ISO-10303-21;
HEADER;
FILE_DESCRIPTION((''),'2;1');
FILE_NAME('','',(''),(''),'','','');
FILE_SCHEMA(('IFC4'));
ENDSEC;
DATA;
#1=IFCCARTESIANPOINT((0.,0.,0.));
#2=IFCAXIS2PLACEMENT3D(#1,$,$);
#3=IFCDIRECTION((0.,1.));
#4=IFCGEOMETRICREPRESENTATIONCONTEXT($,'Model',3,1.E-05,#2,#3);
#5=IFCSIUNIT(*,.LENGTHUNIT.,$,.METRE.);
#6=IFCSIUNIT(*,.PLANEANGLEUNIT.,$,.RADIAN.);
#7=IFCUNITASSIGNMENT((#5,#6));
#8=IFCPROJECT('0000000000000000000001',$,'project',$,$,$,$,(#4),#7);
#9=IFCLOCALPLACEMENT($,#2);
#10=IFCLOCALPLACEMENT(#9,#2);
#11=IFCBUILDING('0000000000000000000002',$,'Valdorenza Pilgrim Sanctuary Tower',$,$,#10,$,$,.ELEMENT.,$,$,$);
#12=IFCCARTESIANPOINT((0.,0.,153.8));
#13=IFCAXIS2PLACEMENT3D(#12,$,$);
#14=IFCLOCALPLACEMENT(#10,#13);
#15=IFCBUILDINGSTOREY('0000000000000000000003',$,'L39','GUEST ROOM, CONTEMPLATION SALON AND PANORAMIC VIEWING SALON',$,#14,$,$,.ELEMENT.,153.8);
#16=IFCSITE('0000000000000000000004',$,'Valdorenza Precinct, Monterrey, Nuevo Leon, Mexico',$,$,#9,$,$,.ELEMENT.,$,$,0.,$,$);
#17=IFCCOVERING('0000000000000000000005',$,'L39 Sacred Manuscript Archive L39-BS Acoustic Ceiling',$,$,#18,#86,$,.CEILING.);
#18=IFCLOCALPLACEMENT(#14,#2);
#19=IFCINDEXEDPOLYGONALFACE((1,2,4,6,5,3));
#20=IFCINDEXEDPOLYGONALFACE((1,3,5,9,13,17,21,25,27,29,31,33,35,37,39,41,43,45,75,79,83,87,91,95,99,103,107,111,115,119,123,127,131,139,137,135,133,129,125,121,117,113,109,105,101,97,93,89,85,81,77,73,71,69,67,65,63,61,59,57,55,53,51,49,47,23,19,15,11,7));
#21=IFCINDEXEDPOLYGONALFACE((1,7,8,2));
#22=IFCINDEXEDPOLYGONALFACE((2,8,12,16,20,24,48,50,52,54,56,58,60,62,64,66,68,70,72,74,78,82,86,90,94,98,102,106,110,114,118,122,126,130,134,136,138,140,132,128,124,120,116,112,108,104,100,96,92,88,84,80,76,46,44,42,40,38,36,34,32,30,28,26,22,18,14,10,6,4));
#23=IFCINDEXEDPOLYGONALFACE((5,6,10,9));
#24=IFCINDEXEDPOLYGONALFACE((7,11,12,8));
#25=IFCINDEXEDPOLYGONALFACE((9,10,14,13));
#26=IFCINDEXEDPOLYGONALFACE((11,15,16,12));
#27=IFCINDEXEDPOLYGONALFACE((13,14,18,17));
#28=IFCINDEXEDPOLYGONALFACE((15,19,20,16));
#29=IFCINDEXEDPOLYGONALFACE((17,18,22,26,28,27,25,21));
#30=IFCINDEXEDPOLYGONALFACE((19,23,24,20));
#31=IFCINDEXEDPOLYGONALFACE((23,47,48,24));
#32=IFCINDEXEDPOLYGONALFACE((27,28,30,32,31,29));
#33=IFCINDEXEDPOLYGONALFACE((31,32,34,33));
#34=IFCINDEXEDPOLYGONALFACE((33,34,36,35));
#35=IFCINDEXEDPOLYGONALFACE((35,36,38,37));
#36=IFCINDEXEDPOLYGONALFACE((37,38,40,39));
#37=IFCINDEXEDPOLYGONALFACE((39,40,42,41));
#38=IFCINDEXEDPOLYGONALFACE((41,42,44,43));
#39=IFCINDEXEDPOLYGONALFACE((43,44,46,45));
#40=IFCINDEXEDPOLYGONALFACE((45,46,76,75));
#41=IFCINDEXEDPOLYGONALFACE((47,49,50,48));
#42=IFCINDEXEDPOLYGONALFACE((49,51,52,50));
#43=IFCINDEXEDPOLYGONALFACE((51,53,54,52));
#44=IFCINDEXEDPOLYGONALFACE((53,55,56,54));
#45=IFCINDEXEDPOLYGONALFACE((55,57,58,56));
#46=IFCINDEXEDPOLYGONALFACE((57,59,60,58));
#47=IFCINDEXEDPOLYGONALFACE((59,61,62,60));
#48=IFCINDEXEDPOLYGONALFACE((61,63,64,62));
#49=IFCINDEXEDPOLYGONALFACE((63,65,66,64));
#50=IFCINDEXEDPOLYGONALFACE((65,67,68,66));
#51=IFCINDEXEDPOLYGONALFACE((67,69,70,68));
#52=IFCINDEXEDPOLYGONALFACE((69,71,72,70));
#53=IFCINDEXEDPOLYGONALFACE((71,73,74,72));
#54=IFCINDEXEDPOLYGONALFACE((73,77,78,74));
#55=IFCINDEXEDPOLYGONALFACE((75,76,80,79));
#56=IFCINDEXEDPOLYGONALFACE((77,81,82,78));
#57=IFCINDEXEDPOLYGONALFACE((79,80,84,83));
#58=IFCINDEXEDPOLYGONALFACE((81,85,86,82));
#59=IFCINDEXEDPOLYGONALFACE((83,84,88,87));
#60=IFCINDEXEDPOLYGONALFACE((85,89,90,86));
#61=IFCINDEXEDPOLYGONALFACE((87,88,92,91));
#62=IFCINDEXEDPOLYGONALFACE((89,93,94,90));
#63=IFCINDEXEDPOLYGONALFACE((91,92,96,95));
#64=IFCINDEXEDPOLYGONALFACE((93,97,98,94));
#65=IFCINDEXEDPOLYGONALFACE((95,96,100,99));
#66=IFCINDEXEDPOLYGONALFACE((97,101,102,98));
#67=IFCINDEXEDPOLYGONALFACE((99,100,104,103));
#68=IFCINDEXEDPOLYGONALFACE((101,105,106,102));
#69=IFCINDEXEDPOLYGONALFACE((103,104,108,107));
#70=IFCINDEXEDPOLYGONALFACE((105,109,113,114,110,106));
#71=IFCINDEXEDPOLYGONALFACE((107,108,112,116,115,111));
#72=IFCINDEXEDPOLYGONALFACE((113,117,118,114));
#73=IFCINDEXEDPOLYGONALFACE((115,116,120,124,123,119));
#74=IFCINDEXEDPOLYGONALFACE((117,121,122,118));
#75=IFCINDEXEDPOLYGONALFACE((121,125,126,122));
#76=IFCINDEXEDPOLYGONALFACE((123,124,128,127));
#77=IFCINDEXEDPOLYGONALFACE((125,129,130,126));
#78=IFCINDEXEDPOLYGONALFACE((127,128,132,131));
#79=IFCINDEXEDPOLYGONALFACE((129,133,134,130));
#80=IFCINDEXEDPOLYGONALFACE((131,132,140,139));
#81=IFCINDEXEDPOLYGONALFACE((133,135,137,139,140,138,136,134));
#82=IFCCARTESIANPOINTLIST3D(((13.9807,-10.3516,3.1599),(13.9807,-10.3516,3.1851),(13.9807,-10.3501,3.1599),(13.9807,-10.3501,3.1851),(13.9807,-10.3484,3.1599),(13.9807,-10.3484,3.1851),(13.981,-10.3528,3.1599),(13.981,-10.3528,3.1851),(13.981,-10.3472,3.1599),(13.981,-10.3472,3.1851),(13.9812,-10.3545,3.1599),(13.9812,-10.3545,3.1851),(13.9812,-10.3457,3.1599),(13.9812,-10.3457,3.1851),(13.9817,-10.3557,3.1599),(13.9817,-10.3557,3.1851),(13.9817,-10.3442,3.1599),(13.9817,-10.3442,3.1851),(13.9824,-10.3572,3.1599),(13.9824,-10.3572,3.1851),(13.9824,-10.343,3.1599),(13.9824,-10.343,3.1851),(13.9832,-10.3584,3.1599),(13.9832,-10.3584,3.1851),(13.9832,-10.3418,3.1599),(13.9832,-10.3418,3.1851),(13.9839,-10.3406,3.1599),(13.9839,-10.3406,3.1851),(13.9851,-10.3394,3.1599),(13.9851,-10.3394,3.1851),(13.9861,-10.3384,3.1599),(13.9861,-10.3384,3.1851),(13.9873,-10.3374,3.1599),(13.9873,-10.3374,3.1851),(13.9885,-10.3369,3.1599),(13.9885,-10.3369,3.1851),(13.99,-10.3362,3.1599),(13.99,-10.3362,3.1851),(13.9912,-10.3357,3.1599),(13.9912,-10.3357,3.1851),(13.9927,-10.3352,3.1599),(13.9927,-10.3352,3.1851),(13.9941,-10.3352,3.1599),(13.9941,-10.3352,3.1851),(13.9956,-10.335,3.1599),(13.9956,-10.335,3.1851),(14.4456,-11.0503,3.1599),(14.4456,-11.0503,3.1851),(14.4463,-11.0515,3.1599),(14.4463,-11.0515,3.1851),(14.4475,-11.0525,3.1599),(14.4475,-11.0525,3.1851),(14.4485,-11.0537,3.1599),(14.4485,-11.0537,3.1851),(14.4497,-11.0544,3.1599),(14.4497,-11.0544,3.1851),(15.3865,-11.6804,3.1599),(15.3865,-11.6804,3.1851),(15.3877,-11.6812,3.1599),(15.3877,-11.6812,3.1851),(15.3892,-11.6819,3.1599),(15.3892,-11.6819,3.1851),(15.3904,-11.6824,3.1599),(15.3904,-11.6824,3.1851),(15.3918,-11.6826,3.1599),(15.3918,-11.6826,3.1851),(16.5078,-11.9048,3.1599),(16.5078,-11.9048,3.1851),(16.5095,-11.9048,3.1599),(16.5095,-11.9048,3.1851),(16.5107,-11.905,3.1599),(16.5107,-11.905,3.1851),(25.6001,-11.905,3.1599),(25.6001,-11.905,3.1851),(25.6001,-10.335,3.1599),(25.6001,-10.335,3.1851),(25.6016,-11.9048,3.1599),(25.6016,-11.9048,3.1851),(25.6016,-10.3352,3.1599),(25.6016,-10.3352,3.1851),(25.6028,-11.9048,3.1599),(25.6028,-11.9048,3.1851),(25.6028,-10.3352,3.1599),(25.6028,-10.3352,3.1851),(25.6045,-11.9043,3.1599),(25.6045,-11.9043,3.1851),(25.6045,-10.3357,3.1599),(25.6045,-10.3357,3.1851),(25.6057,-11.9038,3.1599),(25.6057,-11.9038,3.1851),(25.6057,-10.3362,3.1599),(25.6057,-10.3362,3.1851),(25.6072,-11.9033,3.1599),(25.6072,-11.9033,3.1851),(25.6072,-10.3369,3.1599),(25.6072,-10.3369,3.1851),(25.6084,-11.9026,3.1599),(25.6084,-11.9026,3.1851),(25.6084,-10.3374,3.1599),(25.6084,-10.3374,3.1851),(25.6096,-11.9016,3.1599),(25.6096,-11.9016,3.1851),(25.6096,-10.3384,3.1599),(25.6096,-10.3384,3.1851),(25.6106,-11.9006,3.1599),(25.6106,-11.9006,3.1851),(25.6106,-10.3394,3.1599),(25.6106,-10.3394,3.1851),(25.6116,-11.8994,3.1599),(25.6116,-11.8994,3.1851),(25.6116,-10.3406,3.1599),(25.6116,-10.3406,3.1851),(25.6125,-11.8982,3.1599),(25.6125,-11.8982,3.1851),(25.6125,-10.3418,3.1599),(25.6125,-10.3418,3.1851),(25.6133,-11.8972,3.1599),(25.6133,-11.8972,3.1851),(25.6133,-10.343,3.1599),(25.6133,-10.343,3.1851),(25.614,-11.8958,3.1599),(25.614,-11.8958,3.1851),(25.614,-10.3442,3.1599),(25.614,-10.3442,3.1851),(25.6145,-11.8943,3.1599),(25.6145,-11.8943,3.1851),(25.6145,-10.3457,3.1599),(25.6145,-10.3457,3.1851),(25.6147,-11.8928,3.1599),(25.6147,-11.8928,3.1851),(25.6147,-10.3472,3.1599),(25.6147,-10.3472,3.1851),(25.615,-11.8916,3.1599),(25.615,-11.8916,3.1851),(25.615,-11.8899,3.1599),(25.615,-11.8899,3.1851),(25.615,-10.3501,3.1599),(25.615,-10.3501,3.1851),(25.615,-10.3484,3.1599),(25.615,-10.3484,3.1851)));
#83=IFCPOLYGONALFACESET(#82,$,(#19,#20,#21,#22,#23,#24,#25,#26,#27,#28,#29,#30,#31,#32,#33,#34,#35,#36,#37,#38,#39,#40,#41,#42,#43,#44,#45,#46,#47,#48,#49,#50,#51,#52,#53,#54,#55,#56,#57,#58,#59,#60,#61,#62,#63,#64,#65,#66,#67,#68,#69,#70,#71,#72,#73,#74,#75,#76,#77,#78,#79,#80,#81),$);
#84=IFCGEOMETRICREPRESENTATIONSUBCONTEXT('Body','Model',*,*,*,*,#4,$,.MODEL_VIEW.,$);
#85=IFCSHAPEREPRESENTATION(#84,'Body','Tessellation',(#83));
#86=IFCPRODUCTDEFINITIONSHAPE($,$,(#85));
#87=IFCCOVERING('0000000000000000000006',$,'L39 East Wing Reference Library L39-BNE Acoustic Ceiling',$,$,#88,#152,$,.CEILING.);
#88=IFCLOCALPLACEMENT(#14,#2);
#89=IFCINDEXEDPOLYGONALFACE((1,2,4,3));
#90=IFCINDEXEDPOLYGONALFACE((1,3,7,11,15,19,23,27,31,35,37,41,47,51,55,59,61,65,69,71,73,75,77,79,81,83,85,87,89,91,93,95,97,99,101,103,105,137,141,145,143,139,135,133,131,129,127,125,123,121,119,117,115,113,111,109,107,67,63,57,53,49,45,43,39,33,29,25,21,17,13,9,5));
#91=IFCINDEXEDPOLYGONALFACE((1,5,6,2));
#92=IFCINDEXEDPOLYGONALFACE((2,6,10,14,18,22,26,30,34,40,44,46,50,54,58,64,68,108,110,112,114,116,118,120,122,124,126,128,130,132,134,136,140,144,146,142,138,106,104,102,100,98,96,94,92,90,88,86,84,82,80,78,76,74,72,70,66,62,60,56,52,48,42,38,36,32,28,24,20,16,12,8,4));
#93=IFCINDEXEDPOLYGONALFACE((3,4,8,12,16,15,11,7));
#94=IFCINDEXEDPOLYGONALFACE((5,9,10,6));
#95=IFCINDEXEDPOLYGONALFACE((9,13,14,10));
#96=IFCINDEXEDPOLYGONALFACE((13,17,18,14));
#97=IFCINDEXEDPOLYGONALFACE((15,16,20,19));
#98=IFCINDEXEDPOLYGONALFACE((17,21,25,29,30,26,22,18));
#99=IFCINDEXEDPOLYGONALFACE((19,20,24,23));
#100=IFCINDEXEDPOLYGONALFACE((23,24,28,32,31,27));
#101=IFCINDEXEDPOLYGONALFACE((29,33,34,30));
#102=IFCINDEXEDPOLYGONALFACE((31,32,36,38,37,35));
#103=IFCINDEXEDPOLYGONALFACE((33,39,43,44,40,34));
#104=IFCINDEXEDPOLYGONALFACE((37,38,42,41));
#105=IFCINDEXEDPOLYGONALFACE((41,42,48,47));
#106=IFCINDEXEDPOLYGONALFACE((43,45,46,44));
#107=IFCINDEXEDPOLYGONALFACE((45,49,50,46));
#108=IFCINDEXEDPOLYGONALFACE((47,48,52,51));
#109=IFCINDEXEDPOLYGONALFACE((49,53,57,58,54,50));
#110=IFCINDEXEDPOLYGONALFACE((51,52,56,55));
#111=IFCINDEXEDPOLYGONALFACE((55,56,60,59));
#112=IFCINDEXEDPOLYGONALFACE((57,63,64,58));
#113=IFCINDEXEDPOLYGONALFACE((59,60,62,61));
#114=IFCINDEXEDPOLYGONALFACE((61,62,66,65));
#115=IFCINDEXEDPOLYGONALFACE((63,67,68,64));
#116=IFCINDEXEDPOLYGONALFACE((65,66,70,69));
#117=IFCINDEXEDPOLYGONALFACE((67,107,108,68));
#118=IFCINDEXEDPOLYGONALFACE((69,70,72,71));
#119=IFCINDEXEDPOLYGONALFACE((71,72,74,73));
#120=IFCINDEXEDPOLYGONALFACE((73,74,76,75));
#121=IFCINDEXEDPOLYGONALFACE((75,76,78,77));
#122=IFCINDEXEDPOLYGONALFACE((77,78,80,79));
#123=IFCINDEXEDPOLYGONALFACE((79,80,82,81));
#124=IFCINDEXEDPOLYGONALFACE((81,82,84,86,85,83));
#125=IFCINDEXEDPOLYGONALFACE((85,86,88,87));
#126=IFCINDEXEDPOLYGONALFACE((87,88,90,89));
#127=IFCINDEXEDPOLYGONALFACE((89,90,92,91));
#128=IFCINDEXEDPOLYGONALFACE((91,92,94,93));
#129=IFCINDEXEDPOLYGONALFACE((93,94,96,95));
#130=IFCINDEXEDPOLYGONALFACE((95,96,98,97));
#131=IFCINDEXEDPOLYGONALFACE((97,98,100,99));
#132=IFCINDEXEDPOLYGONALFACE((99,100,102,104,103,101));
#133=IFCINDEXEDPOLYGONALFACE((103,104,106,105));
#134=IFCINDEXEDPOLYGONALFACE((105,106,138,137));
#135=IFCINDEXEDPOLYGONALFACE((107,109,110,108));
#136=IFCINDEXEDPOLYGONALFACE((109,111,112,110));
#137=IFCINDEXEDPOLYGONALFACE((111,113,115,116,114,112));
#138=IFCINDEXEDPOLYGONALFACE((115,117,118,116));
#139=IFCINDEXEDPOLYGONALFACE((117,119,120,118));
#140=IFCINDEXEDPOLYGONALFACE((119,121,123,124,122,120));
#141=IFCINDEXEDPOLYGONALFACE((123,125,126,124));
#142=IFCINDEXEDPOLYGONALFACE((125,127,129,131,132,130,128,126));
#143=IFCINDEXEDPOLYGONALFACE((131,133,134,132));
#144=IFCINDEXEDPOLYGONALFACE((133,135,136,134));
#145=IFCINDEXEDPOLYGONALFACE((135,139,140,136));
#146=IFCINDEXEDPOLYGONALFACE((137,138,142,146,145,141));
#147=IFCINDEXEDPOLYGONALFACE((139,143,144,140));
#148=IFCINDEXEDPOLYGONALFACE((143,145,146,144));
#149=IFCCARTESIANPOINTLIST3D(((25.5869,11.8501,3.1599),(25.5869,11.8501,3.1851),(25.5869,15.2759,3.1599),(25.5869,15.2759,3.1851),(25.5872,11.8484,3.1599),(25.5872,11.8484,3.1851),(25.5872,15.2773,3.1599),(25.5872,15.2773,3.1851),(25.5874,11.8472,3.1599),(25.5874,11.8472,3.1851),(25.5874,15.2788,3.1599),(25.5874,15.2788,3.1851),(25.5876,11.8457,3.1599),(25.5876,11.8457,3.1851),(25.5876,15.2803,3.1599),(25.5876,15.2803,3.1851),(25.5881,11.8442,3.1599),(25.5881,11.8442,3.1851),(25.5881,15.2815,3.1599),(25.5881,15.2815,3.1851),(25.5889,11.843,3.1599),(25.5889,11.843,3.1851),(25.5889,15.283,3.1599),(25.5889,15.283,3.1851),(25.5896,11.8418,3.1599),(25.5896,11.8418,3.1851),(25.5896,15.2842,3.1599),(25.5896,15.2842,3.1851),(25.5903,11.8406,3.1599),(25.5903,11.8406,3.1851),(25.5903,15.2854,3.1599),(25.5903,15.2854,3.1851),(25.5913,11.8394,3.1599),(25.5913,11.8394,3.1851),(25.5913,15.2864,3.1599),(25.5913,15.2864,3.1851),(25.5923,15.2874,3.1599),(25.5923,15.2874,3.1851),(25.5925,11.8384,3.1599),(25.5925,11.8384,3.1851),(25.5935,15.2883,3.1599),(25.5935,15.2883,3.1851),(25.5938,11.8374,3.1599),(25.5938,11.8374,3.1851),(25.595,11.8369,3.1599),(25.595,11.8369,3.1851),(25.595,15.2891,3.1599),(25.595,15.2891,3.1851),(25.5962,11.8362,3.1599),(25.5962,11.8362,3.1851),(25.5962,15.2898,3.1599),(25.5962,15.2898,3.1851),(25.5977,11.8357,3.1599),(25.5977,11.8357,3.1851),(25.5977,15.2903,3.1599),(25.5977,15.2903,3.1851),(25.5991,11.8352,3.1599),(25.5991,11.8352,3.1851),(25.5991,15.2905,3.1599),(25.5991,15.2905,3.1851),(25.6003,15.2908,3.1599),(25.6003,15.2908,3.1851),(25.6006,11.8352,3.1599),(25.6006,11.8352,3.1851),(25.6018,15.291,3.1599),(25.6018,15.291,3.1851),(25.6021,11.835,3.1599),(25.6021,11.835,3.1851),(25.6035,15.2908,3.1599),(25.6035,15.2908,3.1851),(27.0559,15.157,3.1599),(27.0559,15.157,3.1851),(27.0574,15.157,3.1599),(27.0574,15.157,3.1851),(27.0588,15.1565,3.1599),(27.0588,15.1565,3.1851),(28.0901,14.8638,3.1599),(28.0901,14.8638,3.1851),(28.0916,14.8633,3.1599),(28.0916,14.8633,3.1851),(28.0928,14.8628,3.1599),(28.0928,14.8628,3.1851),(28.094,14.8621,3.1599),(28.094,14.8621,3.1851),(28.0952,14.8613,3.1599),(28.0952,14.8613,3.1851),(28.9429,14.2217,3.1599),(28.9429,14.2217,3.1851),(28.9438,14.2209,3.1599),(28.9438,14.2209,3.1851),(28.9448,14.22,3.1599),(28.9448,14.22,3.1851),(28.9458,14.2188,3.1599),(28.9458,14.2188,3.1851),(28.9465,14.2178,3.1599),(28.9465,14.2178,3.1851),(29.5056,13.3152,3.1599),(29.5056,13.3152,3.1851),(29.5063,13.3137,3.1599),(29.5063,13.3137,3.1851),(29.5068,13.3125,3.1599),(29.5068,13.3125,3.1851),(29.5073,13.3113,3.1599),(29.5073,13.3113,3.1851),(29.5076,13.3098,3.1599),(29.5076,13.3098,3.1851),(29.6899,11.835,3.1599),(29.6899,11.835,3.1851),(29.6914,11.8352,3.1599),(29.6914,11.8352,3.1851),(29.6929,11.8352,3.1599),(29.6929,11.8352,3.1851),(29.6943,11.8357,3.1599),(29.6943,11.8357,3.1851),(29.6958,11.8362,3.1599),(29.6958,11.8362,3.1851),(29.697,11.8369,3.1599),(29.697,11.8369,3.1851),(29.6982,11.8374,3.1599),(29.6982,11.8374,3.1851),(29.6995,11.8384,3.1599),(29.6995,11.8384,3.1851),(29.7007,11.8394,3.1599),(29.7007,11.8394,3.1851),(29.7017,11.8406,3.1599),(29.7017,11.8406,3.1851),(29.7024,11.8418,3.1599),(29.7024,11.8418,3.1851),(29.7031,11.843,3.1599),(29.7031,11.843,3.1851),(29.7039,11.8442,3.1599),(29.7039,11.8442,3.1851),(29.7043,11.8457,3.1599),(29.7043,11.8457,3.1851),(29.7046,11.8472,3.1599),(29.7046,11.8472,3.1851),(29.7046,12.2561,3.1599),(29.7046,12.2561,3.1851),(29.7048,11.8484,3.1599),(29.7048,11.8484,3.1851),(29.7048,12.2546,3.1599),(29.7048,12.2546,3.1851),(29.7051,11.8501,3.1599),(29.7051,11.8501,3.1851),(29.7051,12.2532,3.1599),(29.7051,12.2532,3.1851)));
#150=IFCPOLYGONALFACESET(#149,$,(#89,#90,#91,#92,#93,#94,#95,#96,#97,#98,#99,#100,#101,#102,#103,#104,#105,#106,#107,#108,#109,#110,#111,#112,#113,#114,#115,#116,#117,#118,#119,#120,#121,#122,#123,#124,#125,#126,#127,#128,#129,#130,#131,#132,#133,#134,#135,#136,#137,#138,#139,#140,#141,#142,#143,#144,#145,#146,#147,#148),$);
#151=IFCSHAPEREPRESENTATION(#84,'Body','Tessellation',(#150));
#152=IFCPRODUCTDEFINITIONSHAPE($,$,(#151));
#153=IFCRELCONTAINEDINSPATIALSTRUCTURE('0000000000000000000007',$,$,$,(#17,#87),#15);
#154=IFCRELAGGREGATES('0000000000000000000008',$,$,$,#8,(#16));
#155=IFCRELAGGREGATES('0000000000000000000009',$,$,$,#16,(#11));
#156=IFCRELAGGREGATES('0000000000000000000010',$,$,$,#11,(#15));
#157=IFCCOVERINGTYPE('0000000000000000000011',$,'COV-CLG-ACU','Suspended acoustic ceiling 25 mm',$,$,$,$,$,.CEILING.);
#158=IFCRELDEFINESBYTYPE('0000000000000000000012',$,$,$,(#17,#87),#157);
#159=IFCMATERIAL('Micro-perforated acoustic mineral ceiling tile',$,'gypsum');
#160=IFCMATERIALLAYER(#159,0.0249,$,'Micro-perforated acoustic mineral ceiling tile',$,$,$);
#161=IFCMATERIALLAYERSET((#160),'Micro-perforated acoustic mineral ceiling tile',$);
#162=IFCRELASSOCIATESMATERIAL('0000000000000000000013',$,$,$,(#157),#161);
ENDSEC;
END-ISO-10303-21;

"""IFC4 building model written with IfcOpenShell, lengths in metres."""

from ifc_helpers import new_model, si_unit, direction, frame, origin, place, context, subcontext, project, spatial, polyline, outline, extrude, material, layer, layer_set, type_object, element, save


model = new_model("IFC4")

# Units and contexts
model_context = context("Model", 3, precision=1e-05, world=origin(), true_north=direction((0.0, 1.0)))
body_context = subcontext(model_context, "Body", "Model", "MODEL_VIEW")
ifc_project = project(units=[si_unit("LENGTHUNIT", "METRE"), si_unit("PLANEANGLEUNIT", "RADIAN")], contexts=[model_context])

# Site, building, storey
site_placement = place(None, origin())
site = spatial("IfcSite", under=ifc_project, at=site_placement, Name="Valdorenza Precinct, Monterrey, Nuevo Leon, Mexico", CompositionType="ELEMENT", RefElevation=0.0)
building_placement = place(site_placement, origin())
building = spatial("IfcBuilding", under=site, at=building_placement, Name="Valdorenza Pilgrim Sanctuary Tower", CompositionType="ELEMENT")
storey_placement = place(building_placement, frame((0.0, 0.0, 153.8)))
storey = spatial("IfcBuildingStorey", under=building, at=storey_placement, Name="L39", Description="GUEST ROOM, CONTEMPLATION SALON AND PANORAMIC VIEWING SALON", CompositionType="ELEMENT", Elevation=153.8)

# Coverings
ifc_material_1 = material(Name="Micro-perforated acoustic mineral ceiling tile", Category="gypsum")
ifc_layer_1 = layer(ifc_material_1, 0.0249, Name="Micro-perforated acoustic mineral ceiling tile")
ifc_layer_set_1 = layer_set([ifc_layer_1], Name="Micro-perforated acoustic mineral ceiling tile")
covering_type_1 = type_object("IfcCoveringType", Name="COV-CLG-ACU", Description="Suspended acoustic ceiling 25 mm", PredefinedType="CEILING", material=ifc_layer_set_1)
covering_1_placement = place(storey_placement, frame((0.0, 0.0, 3.1599)))
element("IfcCovering", 1, at=covering_1_placement, inside=storey, type_object=covering_type_1, Name="L39 Sacred Manuscript Archive L39-BS Acoustic Ceiling", PredefinedType="CEILING", context=body_context, shape_type="SweptSolid", body=[
    extrude(outline(polyline([(25.615, -11.8899), (25.615, -11.8916), (25.6147, -11.8928), (25.6145, -11.8943), (25.614, -11.8958), (25.6133, -11.8972), (25.6125, -11.8982), (25.6116, -11.8994), (25.6106, -11.9006), (25.6096, -11.9016), (25.6084, -11.9026), (25.6072, -11.9033), (25.6057, -11.9038), (25.6045, -11.9043), (25.6028, -11.9048), (25.6016, -11.9048), (25.6001, -11.905), (16.5107, -11.905), (16.5095, -11.9048), (16.5078, -11.9048), (15.3918, -11.6826), (15.3904, -11.6824), (15.3892, -11.6819), (15.3877, -11.6812), (15.3865, -11.6804), (14.4497, -11.0544), (14.4485, -11.0537), (14.4475, -11.0525), (14.4463, -11.0515), (14.4456, -11.0503), (13.9832, -10.3584), (13.9824, -10.3572), (13.9817, -10.3557), (13.9812, -10.3545), (13.981, -10.3528), (13.9807, -10.3516), (13.9807, -10.3501), (13.9807, -10.3484), (13.981, -10.3472), (13.9812, -10.3457), (13.9817, -10.3442), (13.9824, -10.343), (13.9832, -10.3418), (13.9839, -10.3406), (13.9851, -10.3394), (13.9861, -10.3384), (13.9873, -10.3374), (13.9885, -10.3369), (13.99, -10.3362), (13.9912, -10.3357), (13.9927, -10.3352), (13.9941, -10.3352), (13.9956, -10.335), (25.6001, -10.335), (25.6016, -10.3352), (25.6028, -10.3352), (25.6045, -10.3357), (25.6057, -10.3362), (25.6072, -10.3369), (25.6084, -10.3374), (25.6096, -10.3384), (25.6106, -10.3394), (25.6116, -10.3406), (25.6125, -10.3418), (25.6133, -10.343), (25.614, -10.3442), (25.6145, -10.3457), (25.6147, -10.3472), (25.615, -10.3484), (25.615, -10.3501), (25.615, -11.8899)])), origin(), (0.0, 0.0, 1.0), 0.0251),
])
covering_2_placement = place(storey_placement, frame((0.0, 0.0, 3.1599)))
element("IfcCovering", 2, at=covering_2_placement, inside=storey, type_object=covering_type_1, Name="L39 East Wing Reference Library L39-BNE Acoustic Ceiling", PredefinedType="CEILING", context=body_context, shape_type="SweptSolid", body=[
    extrude(outline(polyline([(27.0559, 15.157), (27.0574, 15.157), (27.0588, 15.1565), (28.0901, 14.8638), (28.0916, 14.8633), (28.0928, 14.8628), (28.094, 14.8621), (28.0952, 14.8613), (28.9429, 14.2217), (28.9438, 14.2209), (28.9448, 14.22), (28.9458, 14.2188), (28.9465, 14.2178), (29.5056, 13.3152), (29.5063, 13.3137), (29.5068, 13.3125), (29.5073, 13.3113), (29.5076, 13.3098), (29.7046, 12.2561), (29.7048, 12.2546), (29.7051, 12.2532), (29.7051, 11.8501), (29.7048, 11.8484), (29.7046, 11.8472), (29.7043, 11.8457), (29.7039, 11.8442), (29.7031, 11.843), (29.7024, 11.8418), (29.7017, 11.8406), (29.7007, 11.8394), (29.6995, 11.8384), (29.6982, 11.8374), (29.697, 11.8369), (29.6958, 11.8362), (29.6943, 11.8357), (29.6929, 11.8352), (29.6914, 11.8352), (29.6899, 11.835), (25.6021, 11.835), (25.6006, 11.8352), (25.5991, 11.8352), (25.5977, 11.8357), (25.5962, 11.8362), (25.595, 11.8369), (25.5938, 11.8374), (25.5925, 11.8384), (25.5913, 11.8394), (25.5903, 11.8406), (25.5896, 11.8418), (25.5889, 11.843), (25.5881, 11.8442), (25.5876, 11.8457), (25.5874, 11.8472), (25.5872, 11.8484), (25.5869, 11.8501), (25.5869, 15.2759), (25.5872, 15.2773), (25.5874, 15.2788), (25.5876, 15.2803), (25.5881, 15.2815), (25.5889, 15.283), (25.5896, 15.2842), (25.5903, 15.2854), (25.5913, 15.2864), (25.5923, 15.2874), (25.5935, 15.2883), (25.595, 15.2891), (25.5962, 15.2898), (25.5977, 15.2903), (25.5991, 15.2905), (25.6003, 15.2908), (25.6018, 15.291), (25.6035, 15.2908), (27.0559, 15.157)])), origin(), (0.0, 0.0, 1.0), 0.0251),
])

save(model, "model.ifc")
